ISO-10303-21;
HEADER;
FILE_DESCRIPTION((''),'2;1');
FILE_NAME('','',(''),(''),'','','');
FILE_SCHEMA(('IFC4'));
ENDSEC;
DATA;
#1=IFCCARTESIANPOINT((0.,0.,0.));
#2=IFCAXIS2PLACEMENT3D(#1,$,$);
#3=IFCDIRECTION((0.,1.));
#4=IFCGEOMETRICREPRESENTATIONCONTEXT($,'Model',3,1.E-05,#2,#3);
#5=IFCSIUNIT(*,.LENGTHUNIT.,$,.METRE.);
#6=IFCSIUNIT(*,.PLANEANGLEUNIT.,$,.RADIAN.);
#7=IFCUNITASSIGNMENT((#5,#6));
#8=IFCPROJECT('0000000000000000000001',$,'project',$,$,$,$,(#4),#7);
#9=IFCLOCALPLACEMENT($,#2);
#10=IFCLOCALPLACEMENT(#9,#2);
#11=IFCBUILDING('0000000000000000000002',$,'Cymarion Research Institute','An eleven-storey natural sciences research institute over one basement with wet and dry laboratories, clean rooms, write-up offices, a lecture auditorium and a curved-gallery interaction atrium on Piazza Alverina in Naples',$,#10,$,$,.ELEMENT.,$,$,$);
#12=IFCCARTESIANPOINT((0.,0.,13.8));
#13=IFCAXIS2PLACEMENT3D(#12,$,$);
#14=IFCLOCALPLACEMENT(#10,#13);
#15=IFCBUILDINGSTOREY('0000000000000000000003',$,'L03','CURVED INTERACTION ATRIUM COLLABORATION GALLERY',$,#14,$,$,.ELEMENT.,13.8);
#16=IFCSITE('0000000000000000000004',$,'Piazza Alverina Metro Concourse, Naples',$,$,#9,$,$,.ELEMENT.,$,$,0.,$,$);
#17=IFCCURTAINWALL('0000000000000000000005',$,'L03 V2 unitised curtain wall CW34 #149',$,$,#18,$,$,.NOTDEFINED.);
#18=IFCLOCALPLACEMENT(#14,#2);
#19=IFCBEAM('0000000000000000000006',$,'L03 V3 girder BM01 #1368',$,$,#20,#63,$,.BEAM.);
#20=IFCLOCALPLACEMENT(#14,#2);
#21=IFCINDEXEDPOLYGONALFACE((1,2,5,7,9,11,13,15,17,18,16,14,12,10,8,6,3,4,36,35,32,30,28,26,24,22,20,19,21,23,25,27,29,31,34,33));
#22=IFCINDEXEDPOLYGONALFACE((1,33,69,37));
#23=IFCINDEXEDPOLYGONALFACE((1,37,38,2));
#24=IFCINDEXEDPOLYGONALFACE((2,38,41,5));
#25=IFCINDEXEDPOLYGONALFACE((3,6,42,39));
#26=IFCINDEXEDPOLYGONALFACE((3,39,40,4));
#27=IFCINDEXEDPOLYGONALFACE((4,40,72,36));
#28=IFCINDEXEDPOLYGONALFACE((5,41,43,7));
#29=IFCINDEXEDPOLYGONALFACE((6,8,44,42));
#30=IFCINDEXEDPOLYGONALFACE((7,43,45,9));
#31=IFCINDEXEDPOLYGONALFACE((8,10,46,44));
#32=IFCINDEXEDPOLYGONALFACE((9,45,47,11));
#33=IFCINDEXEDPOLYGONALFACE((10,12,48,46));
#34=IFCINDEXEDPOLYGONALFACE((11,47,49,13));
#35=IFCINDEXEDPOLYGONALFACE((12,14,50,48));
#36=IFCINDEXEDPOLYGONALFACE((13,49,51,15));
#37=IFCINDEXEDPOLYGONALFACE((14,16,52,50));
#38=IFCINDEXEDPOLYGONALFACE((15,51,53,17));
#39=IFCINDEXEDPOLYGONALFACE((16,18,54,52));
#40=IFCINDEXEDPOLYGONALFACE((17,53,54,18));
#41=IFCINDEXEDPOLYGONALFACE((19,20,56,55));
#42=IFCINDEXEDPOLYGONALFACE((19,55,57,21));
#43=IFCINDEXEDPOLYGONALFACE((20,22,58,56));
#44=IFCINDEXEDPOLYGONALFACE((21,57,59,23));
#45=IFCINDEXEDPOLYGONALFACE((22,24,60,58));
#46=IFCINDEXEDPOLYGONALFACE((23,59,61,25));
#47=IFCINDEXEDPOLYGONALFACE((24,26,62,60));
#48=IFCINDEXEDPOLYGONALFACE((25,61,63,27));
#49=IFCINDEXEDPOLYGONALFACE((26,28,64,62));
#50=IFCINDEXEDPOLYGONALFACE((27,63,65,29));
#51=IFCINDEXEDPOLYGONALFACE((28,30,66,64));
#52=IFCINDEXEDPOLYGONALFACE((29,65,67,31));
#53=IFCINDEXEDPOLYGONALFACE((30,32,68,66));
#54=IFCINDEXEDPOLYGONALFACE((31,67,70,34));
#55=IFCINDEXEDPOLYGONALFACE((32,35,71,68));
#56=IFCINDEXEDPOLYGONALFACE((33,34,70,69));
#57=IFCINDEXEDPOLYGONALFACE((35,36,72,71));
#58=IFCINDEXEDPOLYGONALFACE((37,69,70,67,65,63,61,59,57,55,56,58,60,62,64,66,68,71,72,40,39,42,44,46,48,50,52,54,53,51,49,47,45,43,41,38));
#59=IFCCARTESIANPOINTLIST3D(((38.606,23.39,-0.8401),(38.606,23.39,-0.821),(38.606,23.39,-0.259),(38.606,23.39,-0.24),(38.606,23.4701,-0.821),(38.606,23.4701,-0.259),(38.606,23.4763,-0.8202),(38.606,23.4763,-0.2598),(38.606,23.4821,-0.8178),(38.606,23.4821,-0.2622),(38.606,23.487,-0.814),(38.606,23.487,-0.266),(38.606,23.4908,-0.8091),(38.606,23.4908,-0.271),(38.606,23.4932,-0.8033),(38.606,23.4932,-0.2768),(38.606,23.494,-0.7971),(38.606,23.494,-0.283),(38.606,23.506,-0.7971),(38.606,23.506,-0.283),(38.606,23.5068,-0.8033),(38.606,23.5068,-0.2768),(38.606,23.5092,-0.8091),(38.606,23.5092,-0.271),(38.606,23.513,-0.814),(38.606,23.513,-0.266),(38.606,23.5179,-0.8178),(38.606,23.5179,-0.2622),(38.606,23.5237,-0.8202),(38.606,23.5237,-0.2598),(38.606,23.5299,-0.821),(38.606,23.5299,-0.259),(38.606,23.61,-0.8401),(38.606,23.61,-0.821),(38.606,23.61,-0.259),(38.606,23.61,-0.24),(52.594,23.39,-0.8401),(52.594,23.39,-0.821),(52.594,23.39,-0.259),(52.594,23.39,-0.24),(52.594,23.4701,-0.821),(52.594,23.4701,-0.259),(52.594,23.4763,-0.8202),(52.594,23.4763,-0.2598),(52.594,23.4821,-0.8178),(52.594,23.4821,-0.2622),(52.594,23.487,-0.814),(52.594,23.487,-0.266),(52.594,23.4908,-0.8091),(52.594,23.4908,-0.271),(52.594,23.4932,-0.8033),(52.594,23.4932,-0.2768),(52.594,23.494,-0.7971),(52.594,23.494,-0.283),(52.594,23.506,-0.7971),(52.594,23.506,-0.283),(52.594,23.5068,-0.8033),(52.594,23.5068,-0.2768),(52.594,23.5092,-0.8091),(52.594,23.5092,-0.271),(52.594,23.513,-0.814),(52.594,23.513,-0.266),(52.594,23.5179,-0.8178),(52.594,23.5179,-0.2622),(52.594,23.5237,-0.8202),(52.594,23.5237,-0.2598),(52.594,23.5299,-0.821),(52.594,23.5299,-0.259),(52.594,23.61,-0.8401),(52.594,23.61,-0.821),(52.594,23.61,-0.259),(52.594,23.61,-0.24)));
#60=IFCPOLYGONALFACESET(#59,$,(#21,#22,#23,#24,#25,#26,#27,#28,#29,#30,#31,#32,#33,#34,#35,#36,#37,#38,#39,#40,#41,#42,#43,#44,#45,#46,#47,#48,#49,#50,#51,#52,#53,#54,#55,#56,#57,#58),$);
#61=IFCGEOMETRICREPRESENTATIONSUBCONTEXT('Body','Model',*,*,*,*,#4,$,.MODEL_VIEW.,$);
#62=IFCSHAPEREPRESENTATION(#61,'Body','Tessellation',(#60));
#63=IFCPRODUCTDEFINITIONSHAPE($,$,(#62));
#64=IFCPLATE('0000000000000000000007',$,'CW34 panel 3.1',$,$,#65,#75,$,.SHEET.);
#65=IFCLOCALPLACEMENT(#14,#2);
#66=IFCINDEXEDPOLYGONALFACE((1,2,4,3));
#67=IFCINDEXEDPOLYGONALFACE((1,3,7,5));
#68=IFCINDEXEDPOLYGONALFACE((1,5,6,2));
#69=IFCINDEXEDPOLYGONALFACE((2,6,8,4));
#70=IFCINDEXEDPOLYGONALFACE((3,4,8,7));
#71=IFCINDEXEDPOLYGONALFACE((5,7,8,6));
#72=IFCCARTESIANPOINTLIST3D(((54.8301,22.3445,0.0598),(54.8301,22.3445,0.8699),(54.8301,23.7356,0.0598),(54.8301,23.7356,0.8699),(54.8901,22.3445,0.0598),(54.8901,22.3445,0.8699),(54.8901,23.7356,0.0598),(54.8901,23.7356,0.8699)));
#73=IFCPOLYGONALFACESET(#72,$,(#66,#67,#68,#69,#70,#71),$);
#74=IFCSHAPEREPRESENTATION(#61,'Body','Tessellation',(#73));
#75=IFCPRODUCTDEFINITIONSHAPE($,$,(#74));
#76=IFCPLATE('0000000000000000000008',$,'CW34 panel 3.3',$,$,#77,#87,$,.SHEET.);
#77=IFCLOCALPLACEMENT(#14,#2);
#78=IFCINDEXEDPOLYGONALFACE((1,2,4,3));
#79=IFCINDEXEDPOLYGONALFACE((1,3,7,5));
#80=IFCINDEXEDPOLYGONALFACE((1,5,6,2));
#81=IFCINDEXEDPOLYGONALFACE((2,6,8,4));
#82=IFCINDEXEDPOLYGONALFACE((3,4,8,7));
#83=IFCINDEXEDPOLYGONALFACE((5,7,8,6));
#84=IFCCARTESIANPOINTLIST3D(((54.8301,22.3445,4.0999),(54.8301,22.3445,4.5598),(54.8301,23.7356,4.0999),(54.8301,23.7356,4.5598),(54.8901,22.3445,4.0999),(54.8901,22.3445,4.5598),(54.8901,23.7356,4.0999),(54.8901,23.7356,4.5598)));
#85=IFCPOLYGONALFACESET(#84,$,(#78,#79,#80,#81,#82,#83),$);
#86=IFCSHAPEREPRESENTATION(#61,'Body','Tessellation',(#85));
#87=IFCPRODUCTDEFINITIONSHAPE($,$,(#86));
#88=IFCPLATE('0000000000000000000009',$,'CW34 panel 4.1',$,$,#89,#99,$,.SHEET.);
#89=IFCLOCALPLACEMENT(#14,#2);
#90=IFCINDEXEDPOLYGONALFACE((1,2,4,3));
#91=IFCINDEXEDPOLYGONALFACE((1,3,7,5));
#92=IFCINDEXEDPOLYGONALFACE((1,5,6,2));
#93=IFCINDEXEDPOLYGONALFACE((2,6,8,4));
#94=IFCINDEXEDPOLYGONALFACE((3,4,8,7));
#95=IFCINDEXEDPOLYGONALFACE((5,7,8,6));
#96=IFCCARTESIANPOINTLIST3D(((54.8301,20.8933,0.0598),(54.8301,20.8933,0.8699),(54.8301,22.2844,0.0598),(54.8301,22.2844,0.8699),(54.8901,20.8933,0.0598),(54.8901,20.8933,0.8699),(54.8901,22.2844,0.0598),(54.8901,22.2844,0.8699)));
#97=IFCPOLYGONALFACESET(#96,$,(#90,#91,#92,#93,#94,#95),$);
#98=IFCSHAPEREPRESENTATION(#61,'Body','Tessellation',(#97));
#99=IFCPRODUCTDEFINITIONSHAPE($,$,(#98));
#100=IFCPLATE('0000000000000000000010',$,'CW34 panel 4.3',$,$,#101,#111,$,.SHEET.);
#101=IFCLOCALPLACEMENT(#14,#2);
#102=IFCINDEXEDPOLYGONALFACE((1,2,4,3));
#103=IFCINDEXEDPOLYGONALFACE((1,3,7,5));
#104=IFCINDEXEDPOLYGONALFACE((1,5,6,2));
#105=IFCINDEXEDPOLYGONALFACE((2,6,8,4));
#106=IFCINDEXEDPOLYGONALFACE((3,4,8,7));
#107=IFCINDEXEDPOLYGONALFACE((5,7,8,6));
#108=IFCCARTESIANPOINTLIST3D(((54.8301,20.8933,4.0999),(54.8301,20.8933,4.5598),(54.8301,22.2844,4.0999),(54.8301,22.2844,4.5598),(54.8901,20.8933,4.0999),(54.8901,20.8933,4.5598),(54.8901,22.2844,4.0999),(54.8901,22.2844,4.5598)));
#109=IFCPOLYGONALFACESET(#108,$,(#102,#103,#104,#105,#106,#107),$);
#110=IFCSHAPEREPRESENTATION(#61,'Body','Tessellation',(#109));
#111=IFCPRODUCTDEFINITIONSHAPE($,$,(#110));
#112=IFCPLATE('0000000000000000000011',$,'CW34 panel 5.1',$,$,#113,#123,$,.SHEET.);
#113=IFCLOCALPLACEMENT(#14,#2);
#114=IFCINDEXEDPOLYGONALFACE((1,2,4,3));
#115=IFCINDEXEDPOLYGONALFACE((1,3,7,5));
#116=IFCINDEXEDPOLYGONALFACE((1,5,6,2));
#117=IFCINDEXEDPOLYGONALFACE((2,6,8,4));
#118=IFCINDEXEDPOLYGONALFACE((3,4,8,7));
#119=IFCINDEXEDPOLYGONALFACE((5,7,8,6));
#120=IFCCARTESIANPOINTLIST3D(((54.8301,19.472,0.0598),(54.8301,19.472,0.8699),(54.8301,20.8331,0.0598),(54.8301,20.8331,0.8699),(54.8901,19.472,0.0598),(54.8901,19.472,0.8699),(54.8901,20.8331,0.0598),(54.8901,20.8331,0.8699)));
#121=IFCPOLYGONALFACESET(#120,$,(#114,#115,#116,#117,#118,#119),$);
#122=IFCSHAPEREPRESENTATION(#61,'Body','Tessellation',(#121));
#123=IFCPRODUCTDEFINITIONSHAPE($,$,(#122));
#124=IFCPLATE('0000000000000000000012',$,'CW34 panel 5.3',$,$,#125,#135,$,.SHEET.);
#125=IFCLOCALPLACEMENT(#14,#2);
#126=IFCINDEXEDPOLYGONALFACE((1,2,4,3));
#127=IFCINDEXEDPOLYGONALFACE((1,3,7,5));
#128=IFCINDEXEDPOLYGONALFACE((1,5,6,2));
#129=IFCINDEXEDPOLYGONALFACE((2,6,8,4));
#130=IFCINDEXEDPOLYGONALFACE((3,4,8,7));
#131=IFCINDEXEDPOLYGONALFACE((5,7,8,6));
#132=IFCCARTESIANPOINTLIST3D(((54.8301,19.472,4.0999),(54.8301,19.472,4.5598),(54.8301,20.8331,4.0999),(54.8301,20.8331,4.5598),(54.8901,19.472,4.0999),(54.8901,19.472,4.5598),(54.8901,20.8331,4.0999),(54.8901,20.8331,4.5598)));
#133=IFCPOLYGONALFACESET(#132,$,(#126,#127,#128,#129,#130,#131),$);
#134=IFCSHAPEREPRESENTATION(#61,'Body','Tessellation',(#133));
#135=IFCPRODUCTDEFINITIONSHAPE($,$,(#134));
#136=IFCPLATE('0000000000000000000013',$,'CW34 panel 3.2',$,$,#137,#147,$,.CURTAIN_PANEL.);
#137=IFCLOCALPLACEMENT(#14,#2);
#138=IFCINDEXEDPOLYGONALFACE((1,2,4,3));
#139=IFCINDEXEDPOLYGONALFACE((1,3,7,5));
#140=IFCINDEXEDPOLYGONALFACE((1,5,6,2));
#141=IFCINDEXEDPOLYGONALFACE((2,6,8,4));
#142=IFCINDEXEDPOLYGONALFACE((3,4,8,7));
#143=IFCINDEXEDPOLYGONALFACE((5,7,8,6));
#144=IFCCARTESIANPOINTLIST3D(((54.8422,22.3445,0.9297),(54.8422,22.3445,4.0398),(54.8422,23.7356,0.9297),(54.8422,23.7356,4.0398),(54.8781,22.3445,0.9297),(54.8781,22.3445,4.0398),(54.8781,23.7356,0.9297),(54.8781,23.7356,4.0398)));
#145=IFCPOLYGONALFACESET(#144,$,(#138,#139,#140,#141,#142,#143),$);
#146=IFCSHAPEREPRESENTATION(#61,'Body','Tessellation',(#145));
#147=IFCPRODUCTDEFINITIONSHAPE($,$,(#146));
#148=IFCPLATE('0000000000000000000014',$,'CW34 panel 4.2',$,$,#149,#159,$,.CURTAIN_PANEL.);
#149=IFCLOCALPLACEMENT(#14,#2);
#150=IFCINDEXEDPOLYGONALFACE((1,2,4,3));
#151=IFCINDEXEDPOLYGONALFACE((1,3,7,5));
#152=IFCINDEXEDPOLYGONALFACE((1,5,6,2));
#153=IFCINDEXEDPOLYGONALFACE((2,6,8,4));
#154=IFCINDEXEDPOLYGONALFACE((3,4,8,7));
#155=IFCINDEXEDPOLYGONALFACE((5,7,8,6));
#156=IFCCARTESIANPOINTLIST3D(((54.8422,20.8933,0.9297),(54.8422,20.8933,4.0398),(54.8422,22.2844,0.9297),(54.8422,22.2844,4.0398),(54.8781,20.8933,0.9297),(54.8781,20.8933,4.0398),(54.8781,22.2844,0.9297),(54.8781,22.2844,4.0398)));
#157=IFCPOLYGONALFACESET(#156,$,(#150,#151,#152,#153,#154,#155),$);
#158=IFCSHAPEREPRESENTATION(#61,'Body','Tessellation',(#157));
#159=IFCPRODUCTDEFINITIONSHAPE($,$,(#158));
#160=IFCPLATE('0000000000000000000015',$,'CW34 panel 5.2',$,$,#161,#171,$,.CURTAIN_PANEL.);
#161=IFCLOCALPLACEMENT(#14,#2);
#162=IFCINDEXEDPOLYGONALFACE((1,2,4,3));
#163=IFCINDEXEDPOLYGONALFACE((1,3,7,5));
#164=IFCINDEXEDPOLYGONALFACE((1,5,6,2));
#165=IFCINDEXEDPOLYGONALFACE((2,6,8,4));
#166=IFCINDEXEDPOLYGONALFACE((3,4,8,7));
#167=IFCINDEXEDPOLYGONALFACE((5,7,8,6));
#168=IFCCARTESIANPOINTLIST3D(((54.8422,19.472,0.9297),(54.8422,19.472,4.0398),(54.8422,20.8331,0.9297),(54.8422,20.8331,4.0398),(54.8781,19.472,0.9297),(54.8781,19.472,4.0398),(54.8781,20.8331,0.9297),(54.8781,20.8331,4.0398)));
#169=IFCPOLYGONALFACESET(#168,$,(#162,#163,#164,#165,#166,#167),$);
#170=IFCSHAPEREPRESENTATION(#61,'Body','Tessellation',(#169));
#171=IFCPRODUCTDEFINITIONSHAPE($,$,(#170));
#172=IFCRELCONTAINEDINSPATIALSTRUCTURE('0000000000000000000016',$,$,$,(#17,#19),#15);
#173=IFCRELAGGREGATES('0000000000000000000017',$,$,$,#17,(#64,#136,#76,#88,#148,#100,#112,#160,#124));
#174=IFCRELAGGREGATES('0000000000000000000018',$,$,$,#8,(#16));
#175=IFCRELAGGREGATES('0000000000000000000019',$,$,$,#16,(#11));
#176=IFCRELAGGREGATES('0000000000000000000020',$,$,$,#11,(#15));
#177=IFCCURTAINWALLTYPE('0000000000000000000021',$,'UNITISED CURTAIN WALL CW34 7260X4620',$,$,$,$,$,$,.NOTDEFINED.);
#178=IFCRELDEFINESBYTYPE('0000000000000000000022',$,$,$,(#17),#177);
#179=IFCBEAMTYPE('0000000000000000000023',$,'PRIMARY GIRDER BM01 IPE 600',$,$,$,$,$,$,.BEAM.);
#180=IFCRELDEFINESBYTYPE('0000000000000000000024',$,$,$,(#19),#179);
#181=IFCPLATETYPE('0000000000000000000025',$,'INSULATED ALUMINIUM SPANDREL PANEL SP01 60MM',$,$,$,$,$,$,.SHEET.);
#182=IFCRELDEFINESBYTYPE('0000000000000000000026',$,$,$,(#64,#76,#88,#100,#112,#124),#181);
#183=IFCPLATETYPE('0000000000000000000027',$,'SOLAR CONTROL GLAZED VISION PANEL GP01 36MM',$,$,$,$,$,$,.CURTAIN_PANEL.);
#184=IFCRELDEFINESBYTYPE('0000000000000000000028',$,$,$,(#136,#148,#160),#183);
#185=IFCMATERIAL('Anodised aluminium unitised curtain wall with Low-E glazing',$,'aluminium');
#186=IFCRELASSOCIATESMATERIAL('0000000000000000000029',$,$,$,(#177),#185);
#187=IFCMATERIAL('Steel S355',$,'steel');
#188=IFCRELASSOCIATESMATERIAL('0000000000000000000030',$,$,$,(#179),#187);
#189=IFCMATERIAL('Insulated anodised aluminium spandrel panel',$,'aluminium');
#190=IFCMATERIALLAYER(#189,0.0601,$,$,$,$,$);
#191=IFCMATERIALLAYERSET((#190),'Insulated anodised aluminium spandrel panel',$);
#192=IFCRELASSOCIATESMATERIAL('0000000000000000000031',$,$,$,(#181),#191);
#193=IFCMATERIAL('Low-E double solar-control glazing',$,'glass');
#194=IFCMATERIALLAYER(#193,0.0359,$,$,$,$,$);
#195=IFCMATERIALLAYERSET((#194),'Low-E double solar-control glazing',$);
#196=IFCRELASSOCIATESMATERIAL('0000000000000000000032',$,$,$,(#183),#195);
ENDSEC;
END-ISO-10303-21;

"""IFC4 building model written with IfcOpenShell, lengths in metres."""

from ifc_helpers import new_model, si_unit, direction, frame, origin, origin_2d, place, context, subcontext, project, spatial, rectangle, i_section, extrude, material, layer, layer_set, material_profile, profile_set, type_object, element, aggregate, save


model = new_model("IFC4")

# Units and contexts
model_context = context("Model", 3, precision=1e-05, world=origin(), true_north=direction((0.0, 1.0)))
body_context = subcontext(model_context, "Body", "Model", "MODEL_VIEW")
ifc_project = project(units=[si_unit("LENGTHUNIT", "METRE"), si_unit("PLANEANGLEUNIT", "RADIAN")], contexts=[model_context])

# Site, building, storey
site_placement = place(None, origin())
site = spatial("IfcSite", under=ifc_project, at=site_placement, Name="Piazza Alverina Metro Concourse, Naples", CompositionType="ELEMENT", RefElevation=0.0)
building_placement = place(site_placement, origin())
building = spatial("IfcBuilding", under=site, at=building_placement, Name="Cymarion Research Institute", Description="An eleven-storey natural sciences research institute over one basement with wet and dry laboratories, clean rooms, write-up offices, a lecture auditorium and a curved-gallery interaction atrium on Piazza Alverina in Naples", CompositionType="ELEMENT")
storey_placement = place(building_placement, frame((0.0, 0.0, 13.8)))
storey = spatial("IfcBuildingStorey", under=building, at=storey_placement, Name="L03", Description="CURVED INTERACTION ATRIUM COLLABORATION GALLERY", CompositionType="ELEMENT", Elevation=13.8)

# Curtain wall
ifc_material_1 = material(Name="Anodised aluminium unitised curtain wall with Low-E glazing", Category="aluminium")
curtain_wall_type = type_object("IfcCurtainWallType", Name="UNITISED CURTAIN WALL CW34 7260X4620", PredefinedType="NOTDEFINED", material=ifc_material_1)
curtain_wall_1_placement = place(storey_placement, origin())
curtain_wall_1 = element("IfcCurtainWall", 1, at=curtain_wall_1_placement, inside=storey, type_object=curtain_wall_type, Name="L03 V2 unitised curtain wall CW34 #149", PredefinedType="NOTDEFINED")

# Beam
ifc_material_2 = material(Name="Steel S355", Category="steel")
ifc_material_profile_1 = material_profile(ifc_material_2, i_section(OverallWidth=0.22, OverallDepth=0.6001, WebThickness=0.012, FlangeThickness=0.019, FilletRadius=0.0239, at=origin_2d()), Name="IPE 600")
ifc_profile_set_1 = profile_set([ifc_material_profile_1], Name="Steel S355")
beam_type = type_object("IfcBeamType", Name="PRIMARY GIRDER BM01 IPE 600", PredefinedType="BEAM", material=ifc_profile_set_1)
beam_placement = place(storey_placement, frame((38.606, 23.5, -0.54), z_axis=(1.0, 0.0, 0.0), x_axis=(0.0, 1.0, 0.0)))
element("IfcBeam", 2, at=beam_placement, inside=storey, type_object=beam_type, Name="L03 V3 girder BM01 #1368", PredefinedType="BEAM", context=body_context, shape_type="SweptSolid", body=[
    extrude(i_section(OverallWidth=0.22, OverallDepth=0.6001, WebThickness=0.012, FlangeThickness=0.019, FilletRadius=0.0239, at=origin_2d()), origin(), (0.0, 0.0, 1.0), 13.988),
])

# Plates
ifc_material_3 = material(Name="Insulated anodised aluminium spandrel panel", Category="aluminium")
ifc_layer_1 = layer(ifc_material_3, 0.0601)
ifc_layer_set_1 = layer_set([ifc_layer_1], Name="Insulated anodised aluminium spandrel panel")
plate_type_1 = type_object("IfcPlateType", Name="INSULATED ALUMINIUM SPANDREL PANEL SP01 60MM", PredefinedType="SHEET", material=ifc_layer_set_1)
plate_1_placement = place(storey_placement, frame((54.8601, 23.04, 0.0598), z_axis=(0.0, 0.0, 1.0), x_axis=(0.0, -1.0, 0.0)))
plate_1 = element("IfcPlate", 3, at=plate_1_placement, type_object=plate_type_1, Name="CW34 panel 3.1", PredefinedType="SHEET", context=body_context, shape_type="SweptSolid", body=[
    extrude(rectangle(XDim=1.3911, YDim=0.0601, at=origin_2d()), origin(), (0.0, 0.0, 1.0), 0.8101),
])
plate_2_placement = place(storey_placement, frame((54.8601, 23.04, 4.0999), z_axis=(0.0, 0.0, 1.0), x_axis=(0.0, -1.0, 0.0)))
plate_2 = element("IfcPlate", 4, at=plate_2_placement, type_object=plate_type_1, Name="CW34 panel 3.3", PredefinedType="SHEET", context=body_context, shape_type="SweptSolid", body=[
    extrude(rectangle(XDim=1.3911, YDim=0.0601, at=origin_2d()), origin(), (0.0, 0.0, 1.0), 0.46),
])
plate_3_placement = place(storey_placement, frame((54.8601, 21.5889, 0.0598), z_axis=(0.0, 0.0, 1.0), x_axis=(0.0, -1.0, 0.0)))
plate_3 = element("IfcPlate", 5, at=plate_3_placement, type_object=plate_type_1, Name="CW34 panel 4.1", PredefinedType="SHEET", context=body_context, shape_type="SweptSolid", body=[
    extrude(rectangle(XDim=1.3911, YDim=0.0601, at=origin_2d()), origin(), (0.0, 0.0, 1.0), 0.8101),
])
plate_4_placement = place(storey_placement, frame((54.8601, 21.5889, 4.0999), z_axis=(0.0, 0.0, 1.0), x_axis=(0.0, -1.0, 0.0)))
plate_4 = element("IfcPlate", 6, at=plate_4_placement, type_object=plate_type_1, Name="CW34 panel 4.3", PredefinedType="SHEET", context=body_context, shape_type="SweptSolid", body=[
    extrude(rectangle(XDim=1.3911, YDim=0.0601, at=origin_2d()), origin(), (0.0, 0.0, 1.0), 0.46),
])
plate_5_placement = place(storey_placement, frame((54.8601, 20.1526, 0.0598), z_axis=(0.0, 0.0, 1.0), x_axis=(0.0, -1.0, 0.0)))
plate_5 = element("IfcPlate", 7, at=plate_5_placement, type_object=plate_type_1, Name="CW34 panel 5.1", PredefinedType="SHEET", context=body_context, shape_type="SweptSolid", body=[
    extrude(rectangle(XDim=1.3611, YDim=0.0601, at=origin_2d()), origin(), (0.0, 0.0, 1.0), 0.8101),
])
plate_6_placement = place(storey_placement, frame((54.8601, 20.1526, 4.0999), z_axis=(0.0, 0.0, 1.0), x_axis=(0.0, -1.0, 0.0)))
plate_6 = element("IfcPlate", 8, at=plate_6_placement, type_object=plate_type_1, Name="CW34 panel 5.3", PredefinedType="SHEET", context=body_context, shape_type="SweptSolid", body=[
    extrude(rectangle(XDim=1.3611, YDim=0.0601, at=origin_2d()), origin(), (0.0, 0.0, 1.0), 0.46),
])
ifc_material_4 = material(Name="Low-E double solar-control glazing", Category="glass")
ifc_layer_2 = layer(ifc_material_4, 0.0359)
ifc_layer_set_2 = layer_set([ifc_layer_2], Name="Low-E double solar-control glazing")
plate_type_2 = type_object("IfcPlateType", Name="SOLAR CONTROL GLAZED VISION PANEL GP01 36MM", PredefinedType="CURTAIN_PANEL", material=ifc_layer_set_2)
plate_7_placement = place(storey_placement, frame((54.8601, 23.04, 0.9297), z_axis=(0.0, 0.0, 1.0), x_axis=(0.0, -1.0, 0.0)))
plate_7 = element("IfcPlate", 9, at=plate_7_placement, type_object=plate_type_2, Name="CW34 panel 3.2", PredefinedType="CURTAIN_PANEL", context=body_context, shape_type="SweptSolid", body=[
    extrude(rectangle(XDim=1.3911, YDim=0.0359, at=origin_2d()), origin(), (0.0, 0.0, 1.0), 3.1101),
])
plate_8_placement = place(storey_placement, frame((54.8601, 21.5889, 0.9297), z_axis=(0.0, 0.0, 1.0), x_axis=(0.0, -1.0, 0.0)))
plate_8 = element("IfcPlate", 10, at=plate_8_placement, type_object=plate_type_2, Name="CW34 panel 4.2", PredefinedType="CURTAIN_PANEL", context=body_context, shape_type="SweptSolid", body=[
    extrude(rectangle(XDim=1.3911, YDim=0.0359, at=origin_2d()), origin(), (0.0, 0.0, 1.0), 3.1101),
])
plate_9_placement = place(storey_placement, frame((54.8601, 20.1526, 0.9297), z_axis=(0.0, 0.0, 1.0), x_axis=(0.0, -1.0, 0.0)))
plate_9 = element("IfcPlate", 11, at=plate_9_placement, type_object=plate_type_2, Name="CW34 panel 5.2", PredefinedType="CURTAIN_PANEL", context=body_context, shape_type="SweptSolid", body=[
    extrude(rectangle(XDim=1.3611, YDim=0.0359, at=origin_2d()), origin(), (0.0, 0.0, 1.0), 3.1101),
])
aggregate(curtain_wall_1, [plate_1, plate_7, plate_2, plate_3, plate_8, plate_4, plate_5, plate_9, plate_6])

save(model, "model.ifc")
